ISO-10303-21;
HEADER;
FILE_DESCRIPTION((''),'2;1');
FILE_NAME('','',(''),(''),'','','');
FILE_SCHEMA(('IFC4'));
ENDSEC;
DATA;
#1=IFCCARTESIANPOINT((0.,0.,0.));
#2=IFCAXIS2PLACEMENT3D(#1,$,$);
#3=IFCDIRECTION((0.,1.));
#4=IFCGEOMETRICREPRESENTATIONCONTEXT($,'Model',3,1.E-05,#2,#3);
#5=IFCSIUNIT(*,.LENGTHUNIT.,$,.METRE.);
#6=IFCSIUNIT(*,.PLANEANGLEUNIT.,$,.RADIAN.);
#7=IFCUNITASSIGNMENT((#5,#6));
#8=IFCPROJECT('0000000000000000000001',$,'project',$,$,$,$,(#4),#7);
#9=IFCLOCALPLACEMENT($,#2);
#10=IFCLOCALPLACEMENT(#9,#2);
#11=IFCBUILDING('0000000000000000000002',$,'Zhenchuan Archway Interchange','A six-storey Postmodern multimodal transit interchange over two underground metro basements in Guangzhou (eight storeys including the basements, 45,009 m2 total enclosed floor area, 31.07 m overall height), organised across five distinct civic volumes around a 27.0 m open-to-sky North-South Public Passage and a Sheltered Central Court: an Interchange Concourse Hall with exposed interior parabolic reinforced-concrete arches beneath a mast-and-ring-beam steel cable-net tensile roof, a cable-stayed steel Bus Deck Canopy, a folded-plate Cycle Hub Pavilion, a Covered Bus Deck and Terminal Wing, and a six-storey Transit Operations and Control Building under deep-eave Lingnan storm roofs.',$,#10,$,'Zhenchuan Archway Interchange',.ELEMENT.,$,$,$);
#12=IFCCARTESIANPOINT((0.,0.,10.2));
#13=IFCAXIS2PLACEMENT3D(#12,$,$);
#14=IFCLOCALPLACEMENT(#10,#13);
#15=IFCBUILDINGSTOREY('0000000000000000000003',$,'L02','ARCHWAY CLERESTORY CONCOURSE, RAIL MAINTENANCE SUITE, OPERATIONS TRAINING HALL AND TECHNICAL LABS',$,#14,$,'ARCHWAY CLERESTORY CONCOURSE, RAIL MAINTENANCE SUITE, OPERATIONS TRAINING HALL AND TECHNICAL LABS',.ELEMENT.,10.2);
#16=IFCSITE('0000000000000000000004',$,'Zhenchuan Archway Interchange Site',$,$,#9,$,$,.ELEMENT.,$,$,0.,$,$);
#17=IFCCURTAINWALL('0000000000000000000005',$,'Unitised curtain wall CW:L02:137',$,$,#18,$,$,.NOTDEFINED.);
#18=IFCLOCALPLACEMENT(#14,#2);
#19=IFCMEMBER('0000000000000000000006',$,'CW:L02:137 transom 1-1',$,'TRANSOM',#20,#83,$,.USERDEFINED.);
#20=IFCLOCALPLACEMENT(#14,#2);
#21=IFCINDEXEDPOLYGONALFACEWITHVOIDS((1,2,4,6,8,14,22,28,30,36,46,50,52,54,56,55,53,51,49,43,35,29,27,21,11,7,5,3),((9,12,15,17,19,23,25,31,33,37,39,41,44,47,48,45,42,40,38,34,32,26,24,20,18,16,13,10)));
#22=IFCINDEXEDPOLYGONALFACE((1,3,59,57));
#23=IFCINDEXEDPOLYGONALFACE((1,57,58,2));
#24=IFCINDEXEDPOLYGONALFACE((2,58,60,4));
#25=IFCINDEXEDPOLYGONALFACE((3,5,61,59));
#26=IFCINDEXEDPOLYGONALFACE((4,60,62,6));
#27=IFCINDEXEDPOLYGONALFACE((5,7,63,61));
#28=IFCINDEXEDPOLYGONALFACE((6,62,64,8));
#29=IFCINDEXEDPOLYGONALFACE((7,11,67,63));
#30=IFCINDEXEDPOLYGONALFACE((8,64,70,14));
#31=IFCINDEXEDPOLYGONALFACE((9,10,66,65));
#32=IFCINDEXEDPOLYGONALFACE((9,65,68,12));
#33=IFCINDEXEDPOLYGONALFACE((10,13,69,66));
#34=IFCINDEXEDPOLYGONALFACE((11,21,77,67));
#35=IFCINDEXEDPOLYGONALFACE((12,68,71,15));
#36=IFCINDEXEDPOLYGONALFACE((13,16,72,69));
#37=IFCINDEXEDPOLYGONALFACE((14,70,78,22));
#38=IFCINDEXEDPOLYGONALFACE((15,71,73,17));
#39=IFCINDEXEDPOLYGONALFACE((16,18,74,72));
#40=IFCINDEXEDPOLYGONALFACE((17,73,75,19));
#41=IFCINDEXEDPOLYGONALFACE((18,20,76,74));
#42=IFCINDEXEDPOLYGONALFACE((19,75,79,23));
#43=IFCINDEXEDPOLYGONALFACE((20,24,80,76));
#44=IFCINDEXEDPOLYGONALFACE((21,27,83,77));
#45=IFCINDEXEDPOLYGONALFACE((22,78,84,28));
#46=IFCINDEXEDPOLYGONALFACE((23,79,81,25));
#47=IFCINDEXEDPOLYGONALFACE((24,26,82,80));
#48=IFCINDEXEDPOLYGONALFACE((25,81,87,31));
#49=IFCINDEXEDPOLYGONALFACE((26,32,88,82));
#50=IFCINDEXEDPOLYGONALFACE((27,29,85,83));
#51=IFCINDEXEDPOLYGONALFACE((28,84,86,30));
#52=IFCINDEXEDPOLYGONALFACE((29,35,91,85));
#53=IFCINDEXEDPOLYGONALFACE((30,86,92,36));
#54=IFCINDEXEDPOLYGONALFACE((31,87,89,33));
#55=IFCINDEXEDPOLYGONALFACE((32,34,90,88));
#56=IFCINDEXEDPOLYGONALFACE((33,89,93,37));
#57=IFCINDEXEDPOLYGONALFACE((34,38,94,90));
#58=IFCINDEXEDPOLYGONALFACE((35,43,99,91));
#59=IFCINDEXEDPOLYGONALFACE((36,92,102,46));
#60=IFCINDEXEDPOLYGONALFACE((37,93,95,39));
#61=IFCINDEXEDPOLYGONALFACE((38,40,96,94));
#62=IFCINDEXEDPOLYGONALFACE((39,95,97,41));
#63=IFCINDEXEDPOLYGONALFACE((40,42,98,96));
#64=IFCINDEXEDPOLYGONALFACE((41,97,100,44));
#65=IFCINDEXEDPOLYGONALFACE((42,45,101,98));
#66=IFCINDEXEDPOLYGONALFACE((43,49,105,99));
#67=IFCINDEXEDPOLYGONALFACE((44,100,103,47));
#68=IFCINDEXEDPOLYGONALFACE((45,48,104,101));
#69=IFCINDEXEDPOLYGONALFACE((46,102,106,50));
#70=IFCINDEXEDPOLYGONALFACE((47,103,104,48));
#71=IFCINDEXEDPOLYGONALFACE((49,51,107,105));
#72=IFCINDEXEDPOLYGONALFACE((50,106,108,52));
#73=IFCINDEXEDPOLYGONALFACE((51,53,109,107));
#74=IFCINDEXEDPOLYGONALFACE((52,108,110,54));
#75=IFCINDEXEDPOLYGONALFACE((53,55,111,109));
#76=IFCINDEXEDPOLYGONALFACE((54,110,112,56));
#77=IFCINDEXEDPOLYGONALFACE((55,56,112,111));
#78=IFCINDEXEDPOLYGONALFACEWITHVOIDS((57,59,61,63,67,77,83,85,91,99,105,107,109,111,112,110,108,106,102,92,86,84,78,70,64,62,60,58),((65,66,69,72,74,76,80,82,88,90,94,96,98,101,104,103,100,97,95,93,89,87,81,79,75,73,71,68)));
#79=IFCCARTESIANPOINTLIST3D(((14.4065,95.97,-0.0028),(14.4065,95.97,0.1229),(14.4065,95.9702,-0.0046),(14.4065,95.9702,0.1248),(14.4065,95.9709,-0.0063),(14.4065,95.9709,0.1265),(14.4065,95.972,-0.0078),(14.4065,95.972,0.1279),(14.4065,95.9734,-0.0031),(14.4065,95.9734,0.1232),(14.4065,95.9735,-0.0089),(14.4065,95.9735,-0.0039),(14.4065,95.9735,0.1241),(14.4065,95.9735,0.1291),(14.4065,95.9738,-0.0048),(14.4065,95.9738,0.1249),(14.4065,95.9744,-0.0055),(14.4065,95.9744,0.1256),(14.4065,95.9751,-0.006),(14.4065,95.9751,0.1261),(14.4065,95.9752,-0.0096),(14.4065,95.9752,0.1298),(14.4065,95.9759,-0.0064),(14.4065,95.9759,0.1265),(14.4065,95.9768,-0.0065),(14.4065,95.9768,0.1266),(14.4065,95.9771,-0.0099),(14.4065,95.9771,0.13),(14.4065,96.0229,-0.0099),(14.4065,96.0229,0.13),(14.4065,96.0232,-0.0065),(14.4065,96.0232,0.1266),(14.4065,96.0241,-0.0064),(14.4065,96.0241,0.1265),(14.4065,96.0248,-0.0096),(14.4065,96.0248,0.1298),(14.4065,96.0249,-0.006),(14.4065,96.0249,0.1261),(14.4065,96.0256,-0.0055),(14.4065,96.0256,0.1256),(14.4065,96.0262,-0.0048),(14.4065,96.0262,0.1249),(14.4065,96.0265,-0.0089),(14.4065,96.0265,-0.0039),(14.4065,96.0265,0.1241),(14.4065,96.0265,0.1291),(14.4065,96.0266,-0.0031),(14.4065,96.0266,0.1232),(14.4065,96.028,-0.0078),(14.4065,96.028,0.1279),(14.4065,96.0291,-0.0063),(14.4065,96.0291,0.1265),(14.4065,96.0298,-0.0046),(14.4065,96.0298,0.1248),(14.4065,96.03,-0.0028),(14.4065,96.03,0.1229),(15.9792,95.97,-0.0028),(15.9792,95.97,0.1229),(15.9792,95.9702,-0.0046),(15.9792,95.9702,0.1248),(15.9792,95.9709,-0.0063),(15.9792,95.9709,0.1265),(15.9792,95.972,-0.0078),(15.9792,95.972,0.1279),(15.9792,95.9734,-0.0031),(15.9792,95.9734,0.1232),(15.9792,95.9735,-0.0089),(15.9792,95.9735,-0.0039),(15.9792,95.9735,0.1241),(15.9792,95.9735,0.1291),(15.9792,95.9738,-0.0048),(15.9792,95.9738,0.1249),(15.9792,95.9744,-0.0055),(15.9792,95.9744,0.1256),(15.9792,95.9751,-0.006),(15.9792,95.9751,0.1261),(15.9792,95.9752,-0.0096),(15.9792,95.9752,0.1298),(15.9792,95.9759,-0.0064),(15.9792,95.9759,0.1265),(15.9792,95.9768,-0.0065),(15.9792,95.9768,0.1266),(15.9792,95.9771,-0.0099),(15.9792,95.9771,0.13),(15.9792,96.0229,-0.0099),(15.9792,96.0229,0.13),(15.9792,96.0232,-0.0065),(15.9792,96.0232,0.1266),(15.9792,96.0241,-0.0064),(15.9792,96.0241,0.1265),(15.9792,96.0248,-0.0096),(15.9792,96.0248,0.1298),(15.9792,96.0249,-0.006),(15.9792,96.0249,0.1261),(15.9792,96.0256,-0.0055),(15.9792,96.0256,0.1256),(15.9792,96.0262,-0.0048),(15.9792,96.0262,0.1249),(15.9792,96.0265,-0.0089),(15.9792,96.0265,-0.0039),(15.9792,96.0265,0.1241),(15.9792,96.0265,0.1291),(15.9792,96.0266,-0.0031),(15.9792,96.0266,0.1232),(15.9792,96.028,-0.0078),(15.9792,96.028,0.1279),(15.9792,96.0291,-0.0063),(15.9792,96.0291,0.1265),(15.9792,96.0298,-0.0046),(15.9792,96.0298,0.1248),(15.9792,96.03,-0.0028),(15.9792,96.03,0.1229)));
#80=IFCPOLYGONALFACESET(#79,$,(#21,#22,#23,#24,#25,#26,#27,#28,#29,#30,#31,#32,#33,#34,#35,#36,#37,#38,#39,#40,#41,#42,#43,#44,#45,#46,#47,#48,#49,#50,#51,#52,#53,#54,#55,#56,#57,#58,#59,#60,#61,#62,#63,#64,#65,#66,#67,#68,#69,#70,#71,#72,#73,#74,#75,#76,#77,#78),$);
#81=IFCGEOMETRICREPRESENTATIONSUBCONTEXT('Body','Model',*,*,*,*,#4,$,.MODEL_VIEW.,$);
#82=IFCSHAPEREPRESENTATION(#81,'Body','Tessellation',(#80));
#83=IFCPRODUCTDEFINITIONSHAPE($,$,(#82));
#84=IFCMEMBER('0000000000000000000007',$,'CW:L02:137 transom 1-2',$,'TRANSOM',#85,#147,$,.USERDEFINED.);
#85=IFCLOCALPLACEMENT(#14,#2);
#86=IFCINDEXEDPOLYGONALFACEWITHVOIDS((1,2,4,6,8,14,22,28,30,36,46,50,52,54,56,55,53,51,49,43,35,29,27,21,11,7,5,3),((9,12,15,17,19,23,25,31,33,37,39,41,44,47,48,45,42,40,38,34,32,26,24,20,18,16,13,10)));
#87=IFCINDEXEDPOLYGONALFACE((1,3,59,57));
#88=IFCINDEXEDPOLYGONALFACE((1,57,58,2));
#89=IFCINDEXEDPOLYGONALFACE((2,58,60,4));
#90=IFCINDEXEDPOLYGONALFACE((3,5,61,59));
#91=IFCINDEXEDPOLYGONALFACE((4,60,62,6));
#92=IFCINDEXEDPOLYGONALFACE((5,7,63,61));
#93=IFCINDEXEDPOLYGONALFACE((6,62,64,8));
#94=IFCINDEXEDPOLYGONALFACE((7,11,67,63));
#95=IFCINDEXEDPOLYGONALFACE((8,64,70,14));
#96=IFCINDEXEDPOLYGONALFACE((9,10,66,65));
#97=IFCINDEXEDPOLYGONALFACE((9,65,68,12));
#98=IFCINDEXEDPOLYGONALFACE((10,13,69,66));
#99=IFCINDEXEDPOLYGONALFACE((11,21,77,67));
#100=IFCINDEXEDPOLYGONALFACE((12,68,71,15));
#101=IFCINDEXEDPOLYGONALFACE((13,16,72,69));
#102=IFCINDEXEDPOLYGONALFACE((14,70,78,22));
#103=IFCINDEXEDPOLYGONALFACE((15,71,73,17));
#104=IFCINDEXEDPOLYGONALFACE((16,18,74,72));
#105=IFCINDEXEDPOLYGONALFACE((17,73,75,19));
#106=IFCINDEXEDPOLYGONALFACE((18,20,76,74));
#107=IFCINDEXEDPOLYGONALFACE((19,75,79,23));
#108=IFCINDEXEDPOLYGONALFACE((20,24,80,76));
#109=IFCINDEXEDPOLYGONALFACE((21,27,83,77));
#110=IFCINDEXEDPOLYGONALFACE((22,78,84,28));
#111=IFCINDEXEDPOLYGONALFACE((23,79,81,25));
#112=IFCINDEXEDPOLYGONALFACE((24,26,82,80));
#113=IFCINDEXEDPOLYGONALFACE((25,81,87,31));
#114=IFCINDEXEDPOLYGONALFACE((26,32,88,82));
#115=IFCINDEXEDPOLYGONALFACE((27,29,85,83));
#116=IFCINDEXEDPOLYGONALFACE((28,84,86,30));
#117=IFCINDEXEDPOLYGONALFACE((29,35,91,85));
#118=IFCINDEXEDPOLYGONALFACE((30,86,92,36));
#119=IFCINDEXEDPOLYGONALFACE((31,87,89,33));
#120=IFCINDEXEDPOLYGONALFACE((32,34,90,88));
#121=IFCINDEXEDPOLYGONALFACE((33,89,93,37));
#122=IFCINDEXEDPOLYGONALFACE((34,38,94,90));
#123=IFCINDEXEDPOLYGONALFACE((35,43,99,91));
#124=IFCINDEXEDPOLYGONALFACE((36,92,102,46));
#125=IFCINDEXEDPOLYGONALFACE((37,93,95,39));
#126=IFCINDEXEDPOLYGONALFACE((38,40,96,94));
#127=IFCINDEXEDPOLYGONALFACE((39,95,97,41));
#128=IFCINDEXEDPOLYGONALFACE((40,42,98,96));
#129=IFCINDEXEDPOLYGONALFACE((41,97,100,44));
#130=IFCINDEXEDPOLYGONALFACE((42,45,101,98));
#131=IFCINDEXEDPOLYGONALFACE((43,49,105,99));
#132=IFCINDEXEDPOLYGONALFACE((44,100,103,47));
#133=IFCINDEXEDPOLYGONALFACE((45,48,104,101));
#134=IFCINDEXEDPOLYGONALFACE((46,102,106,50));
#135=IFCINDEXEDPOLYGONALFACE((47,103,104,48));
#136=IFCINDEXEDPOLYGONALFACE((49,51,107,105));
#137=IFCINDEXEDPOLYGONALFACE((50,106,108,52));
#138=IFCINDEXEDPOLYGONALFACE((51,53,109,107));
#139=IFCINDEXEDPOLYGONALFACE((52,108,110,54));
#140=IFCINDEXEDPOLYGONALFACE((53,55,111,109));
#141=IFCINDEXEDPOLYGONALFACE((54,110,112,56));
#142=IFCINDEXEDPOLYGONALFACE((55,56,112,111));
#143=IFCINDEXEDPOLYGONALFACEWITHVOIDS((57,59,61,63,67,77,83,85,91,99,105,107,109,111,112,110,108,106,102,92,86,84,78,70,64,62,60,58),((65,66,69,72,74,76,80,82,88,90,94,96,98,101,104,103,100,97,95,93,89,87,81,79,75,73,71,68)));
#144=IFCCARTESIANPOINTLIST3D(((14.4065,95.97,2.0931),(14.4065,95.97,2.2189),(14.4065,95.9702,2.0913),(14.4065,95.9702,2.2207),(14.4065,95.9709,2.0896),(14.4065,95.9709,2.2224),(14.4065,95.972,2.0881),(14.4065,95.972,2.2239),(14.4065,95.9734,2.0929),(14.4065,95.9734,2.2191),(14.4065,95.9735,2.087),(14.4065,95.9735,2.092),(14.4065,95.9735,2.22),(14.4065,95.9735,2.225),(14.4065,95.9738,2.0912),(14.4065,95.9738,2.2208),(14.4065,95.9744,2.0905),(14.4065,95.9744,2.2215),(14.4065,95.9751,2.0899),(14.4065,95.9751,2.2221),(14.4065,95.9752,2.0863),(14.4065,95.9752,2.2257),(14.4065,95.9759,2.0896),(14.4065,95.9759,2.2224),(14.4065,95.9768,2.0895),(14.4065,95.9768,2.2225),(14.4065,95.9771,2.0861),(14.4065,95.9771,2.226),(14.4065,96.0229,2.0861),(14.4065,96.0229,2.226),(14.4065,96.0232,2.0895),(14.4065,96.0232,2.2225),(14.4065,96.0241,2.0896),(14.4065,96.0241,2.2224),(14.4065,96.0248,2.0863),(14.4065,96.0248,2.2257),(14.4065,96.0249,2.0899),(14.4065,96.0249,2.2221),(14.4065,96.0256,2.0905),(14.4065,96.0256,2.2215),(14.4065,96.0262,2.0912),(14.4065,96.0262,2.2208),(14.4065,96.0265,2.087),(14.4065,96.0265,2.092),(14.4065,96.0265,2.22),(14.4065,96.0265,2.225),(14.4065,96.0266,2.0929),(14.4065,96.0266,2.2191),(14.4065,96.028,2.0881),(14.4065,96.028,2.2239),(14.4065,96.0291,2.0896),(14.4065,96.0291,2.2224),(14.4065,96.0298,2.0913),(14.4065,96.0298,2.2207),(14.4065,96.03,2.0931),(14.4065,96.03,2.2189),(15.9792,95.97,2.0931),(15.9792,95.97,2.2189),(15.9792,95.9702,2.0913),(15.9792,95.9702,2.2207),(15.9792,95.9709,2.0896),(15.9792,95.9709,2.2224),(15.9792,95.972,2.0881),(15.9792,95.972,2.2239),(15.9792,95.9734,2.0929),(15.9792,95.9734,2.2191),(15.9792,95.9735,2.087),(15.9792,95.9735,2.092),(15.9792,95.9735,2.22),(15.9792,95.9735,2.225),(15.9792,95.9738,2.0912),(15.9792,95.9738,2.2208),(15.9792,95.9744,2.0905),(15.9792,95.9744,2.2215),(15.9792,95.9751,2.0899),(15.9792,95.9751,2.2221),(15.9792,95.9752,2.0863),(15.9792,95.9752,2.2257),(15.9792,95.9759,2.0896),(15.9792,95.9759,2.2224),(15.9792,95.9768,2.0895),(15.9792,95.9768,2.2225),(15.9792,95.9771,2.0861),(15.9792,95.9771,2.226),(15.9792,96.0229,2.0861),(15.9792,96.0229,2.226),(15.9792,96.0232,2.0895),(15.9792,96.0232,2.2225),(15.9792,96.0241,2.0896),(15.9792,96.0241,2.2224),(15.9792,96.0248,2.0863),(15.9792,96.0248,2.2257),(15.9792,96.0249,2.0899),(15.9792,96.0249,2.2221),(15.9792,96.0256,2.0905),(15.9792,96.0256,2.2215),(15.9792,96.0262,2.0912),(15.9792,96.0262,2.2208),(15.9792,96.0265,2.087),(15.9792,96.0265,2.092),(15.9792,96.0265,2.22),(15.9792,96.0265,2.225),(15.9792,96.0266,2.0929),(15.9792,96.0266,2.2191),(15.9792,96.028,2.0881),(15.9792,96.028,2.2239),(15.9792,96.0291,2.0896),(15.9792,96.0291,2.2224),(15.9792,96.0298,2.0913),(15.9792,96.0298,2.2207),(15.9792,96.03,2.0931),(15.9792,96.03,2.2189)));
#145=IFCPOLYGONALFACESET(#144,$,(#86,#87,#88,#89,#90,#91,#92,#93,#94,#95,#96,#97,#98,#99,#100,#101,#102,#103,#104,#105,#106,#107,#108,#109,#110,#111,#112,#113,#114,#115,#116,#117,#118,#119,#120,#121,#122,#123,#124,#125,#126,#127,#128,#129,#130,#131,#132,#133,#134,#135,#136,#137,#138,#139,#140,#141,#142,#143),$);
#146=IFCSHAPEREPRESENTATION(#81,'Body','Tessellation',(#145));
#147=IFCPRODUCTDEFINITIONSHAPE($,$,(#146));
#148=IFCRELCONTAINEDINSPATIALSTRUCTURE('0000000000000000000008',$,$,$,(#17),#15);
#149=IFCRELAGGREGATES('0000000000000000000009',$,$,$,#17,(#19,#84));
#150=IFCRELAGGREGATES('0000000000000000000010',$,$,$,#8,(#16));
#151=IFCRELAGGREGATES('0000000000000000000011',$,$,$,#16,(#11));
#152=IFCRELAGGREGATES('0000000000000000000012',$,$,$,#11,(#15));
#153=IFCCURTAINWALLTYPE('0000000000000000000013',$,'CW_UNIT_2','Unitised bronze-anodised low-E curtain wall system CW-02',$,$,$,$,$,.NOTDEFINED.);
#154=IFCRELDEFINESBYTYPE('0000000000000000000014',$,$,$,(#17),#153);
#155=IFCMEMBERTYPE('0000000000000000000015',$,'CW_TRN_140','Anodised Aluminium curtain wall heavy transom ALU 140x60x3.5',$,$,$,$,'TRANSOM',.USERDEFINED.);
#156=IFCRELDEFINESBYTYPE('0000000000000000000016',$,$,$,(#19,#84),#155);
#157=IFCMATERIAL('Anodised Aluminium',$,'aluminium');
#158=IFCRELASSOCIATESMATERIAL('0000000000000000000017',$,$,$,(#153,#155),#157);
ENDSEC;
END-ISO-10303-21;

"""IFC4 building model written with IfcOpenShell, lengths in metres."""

from ifc_helpers import new_model, si_unit, direction, frame, origin, origin_2d, place, context, subcontext, project, spatial, hollow_rectangle, extrude, material, material_profile, profile_set, type_object, element, aggregate, save


model = new_model("IFC4")

# Units and contexts
model_context = context("Model", 3, precision=1e-05, world=origin(), true_north=direction((0.0, 1.0)))
body_context = subcontext(model_context, "Body", "Model", "MODEL_VIEW")
ifc_project = project(units=[si_unit("LENGTHUNIT", "METRE"), si_unit("PLANEANGLEUNIT", "RADIAN")], contexts=[model_context])

# Site, building, storey
site_placement = place(None, origin())
site = spatial("IfcSite", under=ifc_project, at=site_placement, Name="Zhenchuan Archway Interchange Site", CompositionType="ELEMENT", RefElevation=0.0)
building_placement = place(site_placement, origin())
building = spatial("IfcBuilding", under=site, at=building_placement, Name="Zhenchuan Archway Interchange", Description="A six-storey Postmodern multimodal transit interchange over two underground metro basements in Guangzhou (eight storeys including the basements, 45,009 m2 total enclosed floor area, 31.07 m overall height), organised across five distinct civic volumes around a 27.0 m open-to-sky North-South Public Passage and a Sheltered Central Court: an Interchange Concourse Hall with exposed interior parabolic reinforced-concrete arches beneath a mast-and-ring-beam steel cable-net tensile roof, a cable-stayed steel Bus Deck Canopy, a folded-plate Cycle Hub Pavilion, a Covered Bus Deck and Terminal Wing, and a six-storey Transit Operations and Control Building under deep-eave Lingnan storm roofs.", LongName="Zhenchuan Archway Interchange", CompositionType="ELEMENT")
storey_placement = place(building_placement, frame((0.0, 0.0, 10.2)))
storey = spatial("IfcBuildingStorey", under=building, at=storey_placement, Name="L02", Description="ARCHWAY CLERESTORY CONCOURSE, RAIL MAINTENANCE SUITE, OPERATIONS TRAINING HALL AND TECHNICAL LABS", LongName="ARCHWAY CLERESTORY CONCOURSE, RAIL MAINTENANCE SUITE, OPERATIONS TRAINING HALL AND TECHNICAL LABS", CompositionType="ELEMENT", Elevation=10.2)

# Curtain wall, members
ifc_material_1 = material(Name="Anodised Aluminium", Category="aluminium")
curtain_wall_type = type_object("IfcCurtainWallType", Name="CW_UNIT_2", Description="Unitised bronze-anodised low-E curtain wall system CW-02", PredefinedType="NOTDEFINED", material=ifc_material_1)
curtain_wall_placement = place(storey_placement, origin())
curtain_wall = element("IfcCurtainWall", 1, at=curtain_wall_placement, inside=storey, type_object=curtain_wall_type, Name="Unitised curtain wall CW:L02:137", PredefinedType="NOTDEFINED")
ifc_material_profile_1 = material_profile(ifc_material_1, hollow_rectangle(XDim=0.0601, YDim=0.1399, WallThickness=0.0034, InnerFilletRadius=0.0034, OuterFilletRadius=0.0071, at=origin_2d()), Name="ALU 140x60x3.5")
ifc_profile_set_1 = profile_set([ifc_material_profile_1], Name="Anodised Aluminium")
member_type_1 = type_object("IfcMemberType", Name="CW_TRN_140", Description="Anodised Aluminium curtain wall heavy transom ALU 140x60x3.5", ElementType="TRANSOM", PredefinedType="USERDEFINED", material=ifc_profile_set_1)
member_1_placement = place(storey_placement, frame((15.9792, 96.0, 0.0601), z_axis=(-1.0, 0.0, 0.0), x_axis=(0.0, -1.0, 0.0)))
member_1 = element("IfcMember", 2, at=member_1_placement, type_object=member_type_1, Name="CW:L02:137 transom 1-1", ObjectType="TRANSOM", PredefinedType="USERDEFINED", context=body_context, shape_type="SweptSolid", body=[
    extrude(hollow_rectangle(XDim=0.0601, YDim=0.1399, WallThickness=0.0034, InnerFilletRadius=0.0034, OuterFilletRadius=0.0071, at=origin_2d()), origin(), (0.0, 0.0, 1.0), 1.5728),
])
member_2_placement = place(storey_placement, frame((15.9792, 96.0, 2.156), z_axis=(-1.0, 0.0, 0.0), x_axis=(0.0, -1.0, 0.0)))
member_2 = element("IfcMember", 3, at=member_2_placement, type_object=member_type_1, Name="CW:L02:137 transom 1-2", ObjectType="TRANSOM", PredefinedType="USERDEFINED", context=body_context, shape_type="SweptSolid", body=[
    extrude(hollow_rectangle(XDim=0.0601, YDim=0.1399, WallThickness=0.0034, InnerFilletRadius=0.0034, OuterFilletRadius=0.0071, at=origin_2d()), origin(), (0.0, 0.0, 1.0), 1.5728),
])

aggregate(curtain_wall, [member_1, member_2])

save(model, "model.ifc")
